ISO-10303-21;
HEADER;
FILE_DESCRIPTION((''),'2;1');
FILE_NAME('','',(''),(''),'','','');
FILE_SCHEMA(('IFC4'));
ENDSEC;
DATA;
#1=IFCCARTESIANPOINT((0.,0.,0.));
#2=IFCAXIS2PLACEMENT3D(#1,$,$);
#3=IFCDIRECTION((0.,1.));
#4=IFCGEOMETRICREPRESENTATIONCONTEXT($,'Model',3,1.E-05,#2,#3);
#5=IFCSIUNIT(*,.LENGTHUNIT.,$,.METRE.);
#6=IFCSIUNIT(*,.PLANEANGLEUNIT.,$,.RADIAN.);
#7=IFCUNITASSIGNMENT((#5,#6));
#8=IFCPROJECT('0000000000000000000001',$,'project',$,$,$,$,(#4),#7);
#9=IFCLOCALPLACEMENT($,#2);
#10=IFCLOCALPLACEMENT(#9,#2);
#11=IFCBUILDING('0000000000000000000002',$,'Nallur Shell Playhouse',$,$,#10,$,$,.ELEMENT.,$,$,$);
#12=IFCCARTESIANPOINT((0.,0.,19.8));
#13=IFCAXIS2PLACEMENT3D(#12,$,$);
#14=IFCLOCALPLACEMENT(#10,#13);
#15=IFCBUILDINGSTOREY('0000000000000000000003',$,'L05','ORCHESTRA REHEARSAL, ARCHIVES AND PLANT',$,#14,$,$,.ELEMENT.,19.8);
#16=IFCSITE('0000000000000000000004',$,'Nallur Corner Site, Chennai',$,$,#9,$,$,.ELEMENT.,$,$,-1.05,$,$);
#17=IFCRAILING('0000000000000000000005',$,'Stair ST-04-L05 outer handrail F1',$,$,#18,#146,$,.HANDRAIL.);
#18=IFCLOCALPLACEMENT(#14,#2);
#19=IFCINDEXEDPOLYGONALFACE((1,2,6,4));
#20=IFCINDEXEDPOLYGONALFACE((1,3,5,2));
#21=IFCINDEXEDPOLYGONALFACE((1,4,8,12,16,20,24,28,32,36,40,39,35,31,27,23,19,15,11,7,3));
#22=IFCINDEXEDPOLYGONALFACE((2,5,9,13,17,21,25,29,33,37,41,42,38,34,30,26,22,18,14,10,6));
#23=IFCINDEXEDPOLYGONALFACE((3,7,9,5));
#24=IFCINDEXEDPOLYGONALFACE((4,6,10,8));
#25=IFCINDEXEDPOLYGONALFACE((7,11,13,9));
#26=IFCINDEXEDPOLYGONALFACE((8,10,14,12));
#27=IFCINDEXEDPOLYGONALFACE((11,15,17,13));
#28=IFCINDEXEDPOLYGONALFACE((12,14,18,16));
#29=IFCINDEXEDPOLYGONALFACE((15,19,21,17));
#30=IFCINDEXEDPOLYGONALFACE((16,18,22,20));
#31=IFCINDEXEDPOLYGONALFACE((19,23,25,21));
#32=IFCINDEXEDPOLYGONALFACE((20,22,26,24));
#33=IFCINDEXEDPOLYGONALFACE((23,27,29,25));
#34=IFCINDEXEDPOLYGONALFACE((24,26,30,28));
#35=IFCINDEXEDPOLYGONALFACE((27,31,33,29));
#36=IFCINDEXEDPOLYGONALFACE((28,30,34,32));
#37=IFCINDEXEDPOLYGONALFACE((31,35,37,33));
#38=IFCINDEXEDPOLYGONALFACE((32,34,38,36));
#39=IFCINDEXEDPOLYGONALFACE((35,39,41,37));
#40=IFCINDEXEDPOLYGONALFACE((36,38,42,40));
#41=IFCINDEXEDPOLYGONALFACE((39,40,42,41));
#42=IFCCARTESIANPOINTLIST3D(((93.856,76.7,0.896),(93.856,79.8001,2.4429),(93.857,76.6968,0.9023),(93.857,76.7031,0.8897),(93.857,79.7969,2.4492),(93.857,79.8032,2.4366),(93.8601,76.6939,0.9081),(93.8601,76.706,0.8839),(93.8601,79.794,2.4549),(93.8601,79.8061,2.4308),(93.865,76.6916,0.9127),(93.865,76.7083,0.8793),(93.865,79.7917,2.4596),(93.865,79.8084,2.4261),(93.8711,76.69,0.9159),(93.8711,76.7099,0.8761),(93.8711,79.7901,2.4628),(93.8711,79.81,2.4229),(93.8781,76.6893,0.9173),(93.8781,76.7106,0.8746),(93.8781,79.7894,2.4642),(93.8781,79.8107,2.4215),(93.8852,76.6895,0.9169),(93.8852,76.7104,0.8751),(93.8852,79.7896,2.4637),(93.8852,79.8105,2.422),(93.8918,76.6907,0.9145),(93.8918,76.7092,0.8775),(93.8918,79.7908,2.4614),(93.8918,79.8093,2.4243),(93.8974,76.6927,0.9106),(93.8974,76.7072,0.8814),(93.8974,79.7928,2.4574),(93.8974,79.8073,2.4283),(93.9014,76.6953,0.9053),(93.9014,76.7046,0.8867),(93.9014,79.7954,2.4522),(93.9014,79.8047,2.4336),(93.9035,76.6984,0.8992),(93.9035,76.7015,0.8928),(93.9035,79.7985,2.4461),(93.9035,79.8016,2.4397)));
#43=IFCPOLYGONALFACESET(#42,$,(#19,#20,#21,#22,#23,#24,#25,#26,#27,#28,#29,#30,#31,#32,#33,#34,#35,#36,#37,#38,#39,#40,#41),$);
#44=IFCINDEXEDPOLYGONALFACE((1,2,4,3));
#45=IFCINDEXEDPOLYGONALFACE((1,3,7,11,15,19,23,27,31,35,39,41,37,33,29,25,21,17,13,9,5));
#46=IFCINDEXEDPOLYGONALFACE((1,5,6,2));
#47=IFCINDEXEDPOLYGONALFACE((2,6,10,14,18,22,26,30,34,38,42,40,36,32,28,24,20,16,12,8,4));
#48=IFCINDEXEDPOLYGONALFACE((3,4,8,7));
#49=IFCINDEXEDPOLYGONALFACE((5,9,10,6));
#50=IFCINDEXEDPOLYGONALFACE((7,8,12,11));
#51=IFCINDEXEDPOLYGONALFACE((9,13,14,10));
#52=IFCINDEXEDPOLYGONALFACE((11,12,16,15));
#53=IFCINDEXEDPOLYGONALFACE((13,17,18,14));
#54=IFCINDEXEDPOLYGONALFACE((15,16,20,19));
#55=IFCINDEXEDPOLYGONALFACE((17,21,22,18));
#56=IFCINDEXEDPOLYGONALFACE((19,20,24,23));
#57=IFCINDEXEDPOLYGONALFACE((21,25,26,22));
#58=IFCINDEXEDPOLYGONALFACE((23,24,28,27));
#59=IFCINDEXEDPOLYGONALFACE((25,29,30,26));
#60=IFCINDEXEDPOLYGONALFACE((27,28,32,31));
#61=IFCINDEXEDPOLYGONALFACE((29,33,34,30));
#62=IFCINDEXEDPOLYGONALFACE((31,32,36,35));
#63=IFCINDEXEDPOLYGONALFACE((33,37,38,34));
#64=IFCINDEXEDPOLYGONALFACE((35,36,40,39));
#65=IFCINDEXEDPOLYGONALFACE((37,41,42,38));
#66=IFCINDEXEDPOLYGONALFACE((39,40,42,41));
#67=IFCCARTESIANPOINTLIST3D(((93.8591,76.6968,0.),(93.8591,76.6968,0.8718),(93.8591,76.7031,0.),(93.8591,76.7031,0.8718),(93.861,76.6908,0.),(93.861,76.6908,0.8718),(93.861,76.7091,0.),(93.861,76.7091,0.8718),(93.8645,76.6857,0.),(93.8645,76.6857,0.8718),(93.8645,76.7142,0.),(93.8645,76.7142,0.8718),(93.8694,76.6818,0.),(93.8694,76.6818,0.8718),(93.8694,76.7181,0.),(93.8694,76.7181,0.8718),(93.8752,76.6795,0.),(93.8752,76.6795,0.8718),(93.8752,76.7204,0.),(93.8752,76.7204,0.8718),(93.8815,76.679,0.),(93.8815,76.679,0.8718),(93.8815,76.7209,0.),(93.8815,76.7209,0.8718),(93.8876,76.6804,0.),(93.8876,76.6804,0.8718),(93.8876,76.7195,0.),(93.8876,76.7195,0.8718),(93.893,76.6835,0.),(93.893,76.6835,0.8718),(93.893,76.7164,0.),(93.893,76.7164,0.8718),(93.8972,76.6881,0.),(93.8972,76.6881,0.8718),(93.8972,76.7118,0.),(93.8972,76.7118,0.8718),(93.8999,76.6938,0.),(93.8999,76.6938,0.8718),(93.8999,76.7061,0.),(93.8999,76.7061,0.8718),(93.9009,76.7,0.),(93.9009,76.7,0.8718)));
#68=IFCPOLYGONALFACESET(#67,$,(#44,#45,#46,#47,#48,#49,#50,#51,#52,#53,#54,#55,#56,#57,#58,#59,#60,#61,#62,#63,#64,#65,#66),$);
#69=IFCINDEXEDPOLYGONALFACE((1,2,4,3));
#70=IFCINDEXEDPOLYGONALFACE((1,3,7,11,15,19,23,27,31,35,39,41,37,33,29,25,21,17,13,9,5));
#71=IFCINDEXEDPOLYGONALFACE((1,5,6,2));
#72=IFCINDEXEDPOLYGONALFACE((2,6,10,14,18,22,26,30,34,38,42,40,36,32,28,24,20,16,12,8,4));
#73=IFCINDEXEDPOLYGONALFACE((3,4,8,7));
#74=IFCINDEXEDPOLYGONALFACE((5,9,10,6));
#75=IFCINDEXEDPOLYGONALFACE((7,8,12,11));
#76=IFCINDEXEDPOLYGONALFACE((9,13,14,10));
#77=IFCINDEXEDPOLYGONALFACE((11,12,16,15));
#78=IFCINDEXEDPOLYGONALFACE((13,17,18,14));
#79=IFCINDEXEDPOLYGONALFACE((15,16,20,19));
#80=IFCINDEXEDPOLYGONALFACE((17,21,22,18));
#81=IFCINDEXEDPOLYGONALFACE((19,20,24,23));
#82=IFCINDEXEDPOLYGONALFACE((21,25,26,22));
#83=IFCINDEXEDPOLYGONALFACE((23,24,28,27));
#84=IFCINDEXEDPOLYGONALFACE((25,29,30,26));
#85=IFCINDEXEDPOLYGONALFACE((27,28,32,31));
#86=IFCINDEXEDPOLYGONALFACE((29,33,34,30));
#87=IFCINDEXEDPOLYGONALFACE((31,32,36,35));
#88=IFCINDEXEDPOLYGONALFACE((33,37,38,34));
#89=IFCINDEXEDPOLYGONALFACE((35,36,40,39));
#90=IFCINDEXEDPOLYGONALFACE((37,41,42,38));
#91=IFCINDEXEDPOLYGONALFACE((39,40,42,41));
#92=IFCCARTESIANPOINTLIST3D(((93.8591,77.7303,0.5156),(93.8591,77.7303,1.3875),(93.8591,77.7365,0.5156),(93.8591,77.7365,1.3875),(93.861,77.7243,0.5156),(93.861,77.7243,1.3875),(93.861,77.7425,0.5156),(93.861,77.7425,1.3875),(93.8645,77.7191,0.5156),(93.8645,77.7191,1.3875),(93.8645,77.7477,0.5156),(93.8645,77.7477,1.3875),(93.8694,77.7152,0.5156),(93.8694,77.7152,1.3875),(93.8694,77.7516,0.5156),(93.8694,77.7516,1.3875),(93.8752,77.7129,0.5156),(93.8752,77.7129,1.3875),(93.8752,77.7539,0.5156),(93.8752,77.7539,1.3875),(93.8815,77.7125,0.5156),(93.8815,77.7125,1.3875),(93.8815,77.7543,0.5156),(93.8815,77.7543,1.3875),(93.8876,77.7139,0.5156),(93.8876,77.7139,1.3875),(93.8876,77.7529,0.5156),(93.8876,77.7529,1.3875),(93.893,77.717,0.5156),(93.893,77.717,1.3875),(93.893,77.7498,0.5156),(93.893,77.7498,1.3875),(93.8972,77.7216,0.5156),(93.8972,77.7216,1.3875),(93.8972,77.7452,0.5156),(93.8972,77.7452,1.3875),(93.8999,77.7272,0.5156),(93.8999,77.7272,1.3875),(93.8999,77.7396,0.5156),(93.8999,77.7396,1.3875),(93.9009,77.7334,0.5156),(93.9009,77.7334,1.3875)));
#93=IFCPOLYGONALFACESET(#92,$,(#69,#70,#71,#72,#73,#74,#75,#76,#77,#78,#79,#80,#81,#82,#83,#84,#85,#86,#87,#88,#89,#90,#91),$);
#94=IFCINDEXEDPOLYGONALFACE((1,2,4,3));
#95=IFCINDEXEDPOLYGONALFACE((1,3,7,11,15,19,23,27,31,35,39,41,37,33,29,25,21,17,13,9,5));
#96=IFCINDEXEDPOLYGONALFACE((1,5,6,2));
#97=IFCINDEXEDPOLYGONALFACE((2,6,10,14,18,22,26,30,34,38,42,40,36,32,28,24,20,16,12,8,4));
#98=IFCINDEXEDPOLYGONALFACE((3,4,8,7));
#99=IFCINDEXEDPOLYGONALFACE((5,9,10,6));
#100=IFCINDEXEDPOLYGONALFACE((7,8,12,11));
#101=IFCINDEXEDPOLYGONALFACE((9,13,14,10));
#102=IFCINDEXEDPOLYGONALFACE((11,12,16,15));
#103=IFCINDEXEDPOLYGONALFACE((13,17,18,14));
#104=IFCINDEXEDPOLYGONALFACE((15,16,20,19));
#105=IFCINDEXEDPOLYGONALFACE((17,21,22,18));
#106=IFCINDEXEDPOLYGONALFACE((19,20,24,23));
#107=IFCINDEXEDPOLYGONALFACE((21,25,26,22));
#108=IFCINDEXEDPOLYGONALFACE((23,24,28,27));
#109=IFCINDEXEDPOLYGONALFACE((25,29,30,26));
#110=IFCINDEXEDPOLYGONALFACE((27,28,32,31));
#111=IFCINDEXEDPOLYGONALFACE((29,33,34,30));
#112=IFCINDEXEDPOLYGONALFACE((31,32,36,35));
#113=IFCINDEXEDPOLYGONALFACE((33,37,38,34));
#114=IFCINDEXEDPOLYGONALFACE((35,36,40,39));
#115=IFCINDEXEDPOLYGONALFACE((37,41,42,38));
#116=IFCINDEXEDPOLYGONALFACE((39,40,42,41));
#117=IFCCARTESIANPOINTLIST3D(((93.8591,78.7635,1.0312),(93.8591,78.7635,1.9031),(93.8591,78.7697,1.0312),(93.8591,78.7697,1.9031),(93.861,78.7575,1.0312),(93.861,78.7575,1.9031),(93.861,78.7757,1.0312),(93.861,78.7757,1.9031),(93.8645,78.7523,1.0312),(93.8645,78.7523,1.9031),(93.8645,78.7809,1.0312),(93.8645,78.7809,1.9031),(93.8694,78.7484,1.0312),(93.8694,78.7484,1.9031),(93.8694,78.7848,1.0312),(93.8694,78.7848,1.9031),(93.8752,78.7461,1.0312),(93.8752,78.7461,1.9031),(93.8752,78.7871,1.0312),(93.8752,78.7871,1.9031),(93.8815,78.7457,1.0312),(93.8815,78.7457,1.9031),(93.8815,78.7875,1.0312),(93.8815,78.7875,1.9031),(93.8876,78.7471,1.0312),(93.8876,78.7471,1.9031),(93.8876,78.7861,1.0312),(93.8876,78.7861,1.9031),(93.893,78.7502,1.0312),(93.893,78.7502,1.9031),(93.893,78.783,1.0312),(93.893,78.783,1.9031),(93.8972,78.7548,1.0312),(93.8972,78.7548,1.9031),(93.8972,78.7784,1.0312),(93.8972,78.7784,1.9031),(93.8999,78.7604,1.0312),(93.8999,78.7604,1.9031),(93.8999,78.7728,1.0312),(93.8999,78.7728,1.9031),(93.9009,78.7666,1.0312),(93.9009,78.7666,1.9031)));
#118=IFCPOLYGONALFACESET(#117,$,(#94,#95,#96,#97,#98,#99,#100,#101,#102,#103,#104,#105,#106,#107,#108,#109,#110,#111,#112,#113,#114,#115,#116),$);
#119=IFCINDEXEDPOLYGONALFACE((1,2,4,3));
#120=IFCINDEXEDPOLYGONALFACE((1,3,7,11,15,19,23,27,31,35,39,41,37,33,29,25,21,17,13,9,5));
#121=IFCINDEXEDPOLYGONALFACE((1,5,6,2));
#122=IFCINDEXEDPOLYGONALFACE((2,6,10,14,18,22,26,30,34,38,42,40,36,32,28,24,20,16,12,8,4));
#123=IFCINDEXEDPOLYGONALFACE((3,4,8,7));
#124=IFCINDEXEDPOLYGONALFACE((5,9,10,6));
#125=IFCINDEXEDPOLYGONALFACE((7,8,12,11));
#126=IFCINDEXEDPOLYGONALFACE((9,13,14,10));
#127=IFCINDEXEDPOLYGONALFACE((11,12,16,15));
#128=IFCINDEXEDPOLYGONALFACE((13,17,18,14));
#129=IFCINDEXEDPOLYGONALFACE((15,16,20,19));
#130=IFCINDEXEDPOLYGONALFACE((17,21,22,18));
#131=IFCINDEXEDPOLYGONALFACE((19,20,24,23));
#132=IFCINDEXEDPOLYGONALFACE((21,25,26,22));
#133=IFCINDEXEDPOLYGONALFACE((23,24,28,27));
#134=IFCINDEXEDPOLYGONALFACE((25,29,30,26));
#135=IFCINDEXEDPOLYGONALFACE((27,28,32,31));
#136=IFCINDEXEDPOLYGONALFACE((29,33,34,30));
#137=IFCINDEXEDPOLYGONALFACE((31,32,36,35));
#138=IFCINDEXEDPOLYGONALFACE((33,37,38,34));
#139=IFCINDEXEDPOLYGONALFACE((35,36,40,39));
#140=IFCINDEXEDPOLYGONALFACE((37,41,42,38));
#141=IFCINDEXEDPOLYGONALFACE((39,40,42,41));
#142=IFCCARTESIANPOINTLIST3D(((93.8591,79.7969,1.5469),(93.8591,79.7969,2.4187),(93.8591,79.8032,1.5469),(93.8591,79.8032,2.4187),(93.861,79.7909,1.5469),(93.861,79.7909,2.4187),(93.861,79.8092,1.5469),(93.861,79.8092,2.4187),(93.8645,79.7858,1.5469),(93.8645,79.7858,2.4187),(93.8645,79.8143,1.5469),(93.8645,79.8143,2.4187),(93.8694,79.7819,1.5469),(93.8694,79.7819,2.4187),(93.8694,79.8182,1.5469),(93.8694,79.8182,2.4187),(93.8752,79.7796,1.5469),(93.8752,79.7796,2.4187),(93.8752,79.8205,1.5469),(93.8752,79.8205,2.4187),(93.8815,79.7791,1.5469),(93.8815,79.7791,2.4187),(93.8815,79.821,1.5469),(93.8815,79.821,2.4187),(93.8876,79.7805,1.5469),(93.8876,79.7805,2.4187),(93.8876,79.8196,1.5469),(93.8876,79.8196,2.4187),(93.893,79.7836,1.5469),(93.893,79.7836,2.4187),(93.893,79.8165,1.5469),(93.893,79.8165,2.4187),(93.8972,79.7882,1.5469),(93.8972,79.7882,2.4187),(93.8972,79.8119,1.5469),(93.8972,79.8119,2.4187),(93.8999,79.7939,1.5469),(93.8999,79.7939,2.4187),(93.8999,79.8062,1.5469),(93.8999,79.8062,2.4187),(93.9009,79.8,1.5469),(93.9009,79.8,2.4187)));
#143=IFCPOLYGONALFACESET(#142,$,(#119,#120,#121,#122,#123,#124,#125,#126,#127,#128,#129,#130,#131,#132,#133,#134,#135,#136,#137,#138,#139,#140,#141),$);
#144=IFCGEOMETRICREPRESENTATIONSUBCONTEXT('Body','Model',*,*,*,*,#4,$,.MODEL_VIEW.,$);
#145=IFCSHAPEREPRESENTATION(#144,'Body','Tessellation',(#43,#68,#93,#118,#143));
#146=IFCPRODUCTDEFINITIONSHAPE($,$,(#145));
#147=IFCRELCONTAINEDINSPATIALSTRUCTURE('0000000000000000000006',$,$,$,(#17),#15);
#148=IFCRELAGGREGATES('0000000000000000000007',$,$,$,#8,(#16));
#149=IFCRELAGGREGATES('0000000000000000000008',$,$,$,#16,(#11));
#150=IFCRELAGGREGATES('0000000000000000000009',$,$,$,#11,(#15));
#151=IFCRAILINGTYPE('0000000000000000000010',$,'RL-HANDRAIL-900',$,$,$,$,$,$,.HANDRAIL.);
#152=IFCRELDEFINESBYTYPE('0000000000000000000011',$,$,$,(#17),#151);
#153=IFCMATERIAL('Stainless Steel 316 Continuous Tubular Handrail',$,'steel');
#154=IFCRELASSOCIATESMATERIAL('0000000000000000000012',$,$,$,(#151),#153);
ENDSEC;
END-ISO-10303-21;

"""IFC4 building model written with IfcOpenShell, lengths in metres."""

from ifc_helpers import new_model, si_unit, direction, frame, origin, origin_2d, place, context, subcontext, project, spatial, circle, extrude, material, type_object, element, save


model = new_model("IFC4")

# Units and contexts
model_context = context("Model", 3, precision=1e-05, world=origin(), true_north=direction((0.0, 1.0)))
body_context = subcontext(model_context, "Body", "Model", "MODEL_VIEW")
ifc_project = project(units=[si_unit("LENGTHUNIT", "METRE"), si_unit("PLANEANGLEUNIT", "RADIAN")], contexts=[model_context])

# Site, building, storey
site_placement = place(None, origin())
site = spatial("IfcSite", under=ifc_project, at=site_placement, Name="Nallur Corner Site, Chennai", CompositionType="ELEMENT", RefElevation=-1.05)
building_placement = place(site_placement, origin())
building = spatial("IfcBuilding", under=site, at=building_placement, Name="Nallur Shell Playhouse", CompositionType="ELEMENT")
storey_placement = place(building_placement, frame((0.0, 0.0, 19.8)))
storey = spatial("IfcBuildingStorey", under=building, at=storey_placement, Name="L05", Description="ORCHESTRA REHEARSAL, ARCHIVES AND PLANT", CompositionType="ELEMENT", Elevation=19.8)

# Railing
ifc_material_1 = material(Name="Stainless Steel 316 Continuous Tubular Handrail", Category="steel")
railing_type_1 = type_object("IfcRailingType", Name="RL-HANDRAIL-900", PredefinedType="HANDRAIL", material=ifc_material_1)
railing_1_placement = place(storey_placement, frame((93.8799, 76.7, 0.0)))
element("IfcRailing", 1, at=railing_1_placement, inside=storey, type_object=railing_type_1, Name="Stair ST-04-L05 outer handrail F1", PredefinedType="HANDRAIL", context=body_context, shape_type="SweptSolid", body=[
    extrude(circle(Radius=0.0239, at=origin_2d()), frame((0.0, 0.0, 0.896), z_axis=(0.0, 0.894793, 0.446481), x_axis=(-1.0, 0.0, 0.0)), (0.0, 0.0, 1.0), 3.4646),
    extrude(circle(Radius=0.021, at=origin_2d()), origin(), (0.0, 0.0, 1.0), 0.8718),
    extrude(circle(Radius=0.021, at=origin_2d()), frame((0.0, 1.0334, 0.5156)), (0.0, 0.0, 1.0), 0.8718),
    extrude(circle(Radius=0.021, at=origin_2d()), frame((0.0, 2.0667, 1.0312)), (0.0, 0.0, 1.0), 0.8718),
    extrude(circle(Radius=0.021, at=origin_2d()), frame((0.0, 3.1001, 1.5469)), (0.0, 0.0, 1.0), 0.8718),
])

save(model, "model.ifc")
